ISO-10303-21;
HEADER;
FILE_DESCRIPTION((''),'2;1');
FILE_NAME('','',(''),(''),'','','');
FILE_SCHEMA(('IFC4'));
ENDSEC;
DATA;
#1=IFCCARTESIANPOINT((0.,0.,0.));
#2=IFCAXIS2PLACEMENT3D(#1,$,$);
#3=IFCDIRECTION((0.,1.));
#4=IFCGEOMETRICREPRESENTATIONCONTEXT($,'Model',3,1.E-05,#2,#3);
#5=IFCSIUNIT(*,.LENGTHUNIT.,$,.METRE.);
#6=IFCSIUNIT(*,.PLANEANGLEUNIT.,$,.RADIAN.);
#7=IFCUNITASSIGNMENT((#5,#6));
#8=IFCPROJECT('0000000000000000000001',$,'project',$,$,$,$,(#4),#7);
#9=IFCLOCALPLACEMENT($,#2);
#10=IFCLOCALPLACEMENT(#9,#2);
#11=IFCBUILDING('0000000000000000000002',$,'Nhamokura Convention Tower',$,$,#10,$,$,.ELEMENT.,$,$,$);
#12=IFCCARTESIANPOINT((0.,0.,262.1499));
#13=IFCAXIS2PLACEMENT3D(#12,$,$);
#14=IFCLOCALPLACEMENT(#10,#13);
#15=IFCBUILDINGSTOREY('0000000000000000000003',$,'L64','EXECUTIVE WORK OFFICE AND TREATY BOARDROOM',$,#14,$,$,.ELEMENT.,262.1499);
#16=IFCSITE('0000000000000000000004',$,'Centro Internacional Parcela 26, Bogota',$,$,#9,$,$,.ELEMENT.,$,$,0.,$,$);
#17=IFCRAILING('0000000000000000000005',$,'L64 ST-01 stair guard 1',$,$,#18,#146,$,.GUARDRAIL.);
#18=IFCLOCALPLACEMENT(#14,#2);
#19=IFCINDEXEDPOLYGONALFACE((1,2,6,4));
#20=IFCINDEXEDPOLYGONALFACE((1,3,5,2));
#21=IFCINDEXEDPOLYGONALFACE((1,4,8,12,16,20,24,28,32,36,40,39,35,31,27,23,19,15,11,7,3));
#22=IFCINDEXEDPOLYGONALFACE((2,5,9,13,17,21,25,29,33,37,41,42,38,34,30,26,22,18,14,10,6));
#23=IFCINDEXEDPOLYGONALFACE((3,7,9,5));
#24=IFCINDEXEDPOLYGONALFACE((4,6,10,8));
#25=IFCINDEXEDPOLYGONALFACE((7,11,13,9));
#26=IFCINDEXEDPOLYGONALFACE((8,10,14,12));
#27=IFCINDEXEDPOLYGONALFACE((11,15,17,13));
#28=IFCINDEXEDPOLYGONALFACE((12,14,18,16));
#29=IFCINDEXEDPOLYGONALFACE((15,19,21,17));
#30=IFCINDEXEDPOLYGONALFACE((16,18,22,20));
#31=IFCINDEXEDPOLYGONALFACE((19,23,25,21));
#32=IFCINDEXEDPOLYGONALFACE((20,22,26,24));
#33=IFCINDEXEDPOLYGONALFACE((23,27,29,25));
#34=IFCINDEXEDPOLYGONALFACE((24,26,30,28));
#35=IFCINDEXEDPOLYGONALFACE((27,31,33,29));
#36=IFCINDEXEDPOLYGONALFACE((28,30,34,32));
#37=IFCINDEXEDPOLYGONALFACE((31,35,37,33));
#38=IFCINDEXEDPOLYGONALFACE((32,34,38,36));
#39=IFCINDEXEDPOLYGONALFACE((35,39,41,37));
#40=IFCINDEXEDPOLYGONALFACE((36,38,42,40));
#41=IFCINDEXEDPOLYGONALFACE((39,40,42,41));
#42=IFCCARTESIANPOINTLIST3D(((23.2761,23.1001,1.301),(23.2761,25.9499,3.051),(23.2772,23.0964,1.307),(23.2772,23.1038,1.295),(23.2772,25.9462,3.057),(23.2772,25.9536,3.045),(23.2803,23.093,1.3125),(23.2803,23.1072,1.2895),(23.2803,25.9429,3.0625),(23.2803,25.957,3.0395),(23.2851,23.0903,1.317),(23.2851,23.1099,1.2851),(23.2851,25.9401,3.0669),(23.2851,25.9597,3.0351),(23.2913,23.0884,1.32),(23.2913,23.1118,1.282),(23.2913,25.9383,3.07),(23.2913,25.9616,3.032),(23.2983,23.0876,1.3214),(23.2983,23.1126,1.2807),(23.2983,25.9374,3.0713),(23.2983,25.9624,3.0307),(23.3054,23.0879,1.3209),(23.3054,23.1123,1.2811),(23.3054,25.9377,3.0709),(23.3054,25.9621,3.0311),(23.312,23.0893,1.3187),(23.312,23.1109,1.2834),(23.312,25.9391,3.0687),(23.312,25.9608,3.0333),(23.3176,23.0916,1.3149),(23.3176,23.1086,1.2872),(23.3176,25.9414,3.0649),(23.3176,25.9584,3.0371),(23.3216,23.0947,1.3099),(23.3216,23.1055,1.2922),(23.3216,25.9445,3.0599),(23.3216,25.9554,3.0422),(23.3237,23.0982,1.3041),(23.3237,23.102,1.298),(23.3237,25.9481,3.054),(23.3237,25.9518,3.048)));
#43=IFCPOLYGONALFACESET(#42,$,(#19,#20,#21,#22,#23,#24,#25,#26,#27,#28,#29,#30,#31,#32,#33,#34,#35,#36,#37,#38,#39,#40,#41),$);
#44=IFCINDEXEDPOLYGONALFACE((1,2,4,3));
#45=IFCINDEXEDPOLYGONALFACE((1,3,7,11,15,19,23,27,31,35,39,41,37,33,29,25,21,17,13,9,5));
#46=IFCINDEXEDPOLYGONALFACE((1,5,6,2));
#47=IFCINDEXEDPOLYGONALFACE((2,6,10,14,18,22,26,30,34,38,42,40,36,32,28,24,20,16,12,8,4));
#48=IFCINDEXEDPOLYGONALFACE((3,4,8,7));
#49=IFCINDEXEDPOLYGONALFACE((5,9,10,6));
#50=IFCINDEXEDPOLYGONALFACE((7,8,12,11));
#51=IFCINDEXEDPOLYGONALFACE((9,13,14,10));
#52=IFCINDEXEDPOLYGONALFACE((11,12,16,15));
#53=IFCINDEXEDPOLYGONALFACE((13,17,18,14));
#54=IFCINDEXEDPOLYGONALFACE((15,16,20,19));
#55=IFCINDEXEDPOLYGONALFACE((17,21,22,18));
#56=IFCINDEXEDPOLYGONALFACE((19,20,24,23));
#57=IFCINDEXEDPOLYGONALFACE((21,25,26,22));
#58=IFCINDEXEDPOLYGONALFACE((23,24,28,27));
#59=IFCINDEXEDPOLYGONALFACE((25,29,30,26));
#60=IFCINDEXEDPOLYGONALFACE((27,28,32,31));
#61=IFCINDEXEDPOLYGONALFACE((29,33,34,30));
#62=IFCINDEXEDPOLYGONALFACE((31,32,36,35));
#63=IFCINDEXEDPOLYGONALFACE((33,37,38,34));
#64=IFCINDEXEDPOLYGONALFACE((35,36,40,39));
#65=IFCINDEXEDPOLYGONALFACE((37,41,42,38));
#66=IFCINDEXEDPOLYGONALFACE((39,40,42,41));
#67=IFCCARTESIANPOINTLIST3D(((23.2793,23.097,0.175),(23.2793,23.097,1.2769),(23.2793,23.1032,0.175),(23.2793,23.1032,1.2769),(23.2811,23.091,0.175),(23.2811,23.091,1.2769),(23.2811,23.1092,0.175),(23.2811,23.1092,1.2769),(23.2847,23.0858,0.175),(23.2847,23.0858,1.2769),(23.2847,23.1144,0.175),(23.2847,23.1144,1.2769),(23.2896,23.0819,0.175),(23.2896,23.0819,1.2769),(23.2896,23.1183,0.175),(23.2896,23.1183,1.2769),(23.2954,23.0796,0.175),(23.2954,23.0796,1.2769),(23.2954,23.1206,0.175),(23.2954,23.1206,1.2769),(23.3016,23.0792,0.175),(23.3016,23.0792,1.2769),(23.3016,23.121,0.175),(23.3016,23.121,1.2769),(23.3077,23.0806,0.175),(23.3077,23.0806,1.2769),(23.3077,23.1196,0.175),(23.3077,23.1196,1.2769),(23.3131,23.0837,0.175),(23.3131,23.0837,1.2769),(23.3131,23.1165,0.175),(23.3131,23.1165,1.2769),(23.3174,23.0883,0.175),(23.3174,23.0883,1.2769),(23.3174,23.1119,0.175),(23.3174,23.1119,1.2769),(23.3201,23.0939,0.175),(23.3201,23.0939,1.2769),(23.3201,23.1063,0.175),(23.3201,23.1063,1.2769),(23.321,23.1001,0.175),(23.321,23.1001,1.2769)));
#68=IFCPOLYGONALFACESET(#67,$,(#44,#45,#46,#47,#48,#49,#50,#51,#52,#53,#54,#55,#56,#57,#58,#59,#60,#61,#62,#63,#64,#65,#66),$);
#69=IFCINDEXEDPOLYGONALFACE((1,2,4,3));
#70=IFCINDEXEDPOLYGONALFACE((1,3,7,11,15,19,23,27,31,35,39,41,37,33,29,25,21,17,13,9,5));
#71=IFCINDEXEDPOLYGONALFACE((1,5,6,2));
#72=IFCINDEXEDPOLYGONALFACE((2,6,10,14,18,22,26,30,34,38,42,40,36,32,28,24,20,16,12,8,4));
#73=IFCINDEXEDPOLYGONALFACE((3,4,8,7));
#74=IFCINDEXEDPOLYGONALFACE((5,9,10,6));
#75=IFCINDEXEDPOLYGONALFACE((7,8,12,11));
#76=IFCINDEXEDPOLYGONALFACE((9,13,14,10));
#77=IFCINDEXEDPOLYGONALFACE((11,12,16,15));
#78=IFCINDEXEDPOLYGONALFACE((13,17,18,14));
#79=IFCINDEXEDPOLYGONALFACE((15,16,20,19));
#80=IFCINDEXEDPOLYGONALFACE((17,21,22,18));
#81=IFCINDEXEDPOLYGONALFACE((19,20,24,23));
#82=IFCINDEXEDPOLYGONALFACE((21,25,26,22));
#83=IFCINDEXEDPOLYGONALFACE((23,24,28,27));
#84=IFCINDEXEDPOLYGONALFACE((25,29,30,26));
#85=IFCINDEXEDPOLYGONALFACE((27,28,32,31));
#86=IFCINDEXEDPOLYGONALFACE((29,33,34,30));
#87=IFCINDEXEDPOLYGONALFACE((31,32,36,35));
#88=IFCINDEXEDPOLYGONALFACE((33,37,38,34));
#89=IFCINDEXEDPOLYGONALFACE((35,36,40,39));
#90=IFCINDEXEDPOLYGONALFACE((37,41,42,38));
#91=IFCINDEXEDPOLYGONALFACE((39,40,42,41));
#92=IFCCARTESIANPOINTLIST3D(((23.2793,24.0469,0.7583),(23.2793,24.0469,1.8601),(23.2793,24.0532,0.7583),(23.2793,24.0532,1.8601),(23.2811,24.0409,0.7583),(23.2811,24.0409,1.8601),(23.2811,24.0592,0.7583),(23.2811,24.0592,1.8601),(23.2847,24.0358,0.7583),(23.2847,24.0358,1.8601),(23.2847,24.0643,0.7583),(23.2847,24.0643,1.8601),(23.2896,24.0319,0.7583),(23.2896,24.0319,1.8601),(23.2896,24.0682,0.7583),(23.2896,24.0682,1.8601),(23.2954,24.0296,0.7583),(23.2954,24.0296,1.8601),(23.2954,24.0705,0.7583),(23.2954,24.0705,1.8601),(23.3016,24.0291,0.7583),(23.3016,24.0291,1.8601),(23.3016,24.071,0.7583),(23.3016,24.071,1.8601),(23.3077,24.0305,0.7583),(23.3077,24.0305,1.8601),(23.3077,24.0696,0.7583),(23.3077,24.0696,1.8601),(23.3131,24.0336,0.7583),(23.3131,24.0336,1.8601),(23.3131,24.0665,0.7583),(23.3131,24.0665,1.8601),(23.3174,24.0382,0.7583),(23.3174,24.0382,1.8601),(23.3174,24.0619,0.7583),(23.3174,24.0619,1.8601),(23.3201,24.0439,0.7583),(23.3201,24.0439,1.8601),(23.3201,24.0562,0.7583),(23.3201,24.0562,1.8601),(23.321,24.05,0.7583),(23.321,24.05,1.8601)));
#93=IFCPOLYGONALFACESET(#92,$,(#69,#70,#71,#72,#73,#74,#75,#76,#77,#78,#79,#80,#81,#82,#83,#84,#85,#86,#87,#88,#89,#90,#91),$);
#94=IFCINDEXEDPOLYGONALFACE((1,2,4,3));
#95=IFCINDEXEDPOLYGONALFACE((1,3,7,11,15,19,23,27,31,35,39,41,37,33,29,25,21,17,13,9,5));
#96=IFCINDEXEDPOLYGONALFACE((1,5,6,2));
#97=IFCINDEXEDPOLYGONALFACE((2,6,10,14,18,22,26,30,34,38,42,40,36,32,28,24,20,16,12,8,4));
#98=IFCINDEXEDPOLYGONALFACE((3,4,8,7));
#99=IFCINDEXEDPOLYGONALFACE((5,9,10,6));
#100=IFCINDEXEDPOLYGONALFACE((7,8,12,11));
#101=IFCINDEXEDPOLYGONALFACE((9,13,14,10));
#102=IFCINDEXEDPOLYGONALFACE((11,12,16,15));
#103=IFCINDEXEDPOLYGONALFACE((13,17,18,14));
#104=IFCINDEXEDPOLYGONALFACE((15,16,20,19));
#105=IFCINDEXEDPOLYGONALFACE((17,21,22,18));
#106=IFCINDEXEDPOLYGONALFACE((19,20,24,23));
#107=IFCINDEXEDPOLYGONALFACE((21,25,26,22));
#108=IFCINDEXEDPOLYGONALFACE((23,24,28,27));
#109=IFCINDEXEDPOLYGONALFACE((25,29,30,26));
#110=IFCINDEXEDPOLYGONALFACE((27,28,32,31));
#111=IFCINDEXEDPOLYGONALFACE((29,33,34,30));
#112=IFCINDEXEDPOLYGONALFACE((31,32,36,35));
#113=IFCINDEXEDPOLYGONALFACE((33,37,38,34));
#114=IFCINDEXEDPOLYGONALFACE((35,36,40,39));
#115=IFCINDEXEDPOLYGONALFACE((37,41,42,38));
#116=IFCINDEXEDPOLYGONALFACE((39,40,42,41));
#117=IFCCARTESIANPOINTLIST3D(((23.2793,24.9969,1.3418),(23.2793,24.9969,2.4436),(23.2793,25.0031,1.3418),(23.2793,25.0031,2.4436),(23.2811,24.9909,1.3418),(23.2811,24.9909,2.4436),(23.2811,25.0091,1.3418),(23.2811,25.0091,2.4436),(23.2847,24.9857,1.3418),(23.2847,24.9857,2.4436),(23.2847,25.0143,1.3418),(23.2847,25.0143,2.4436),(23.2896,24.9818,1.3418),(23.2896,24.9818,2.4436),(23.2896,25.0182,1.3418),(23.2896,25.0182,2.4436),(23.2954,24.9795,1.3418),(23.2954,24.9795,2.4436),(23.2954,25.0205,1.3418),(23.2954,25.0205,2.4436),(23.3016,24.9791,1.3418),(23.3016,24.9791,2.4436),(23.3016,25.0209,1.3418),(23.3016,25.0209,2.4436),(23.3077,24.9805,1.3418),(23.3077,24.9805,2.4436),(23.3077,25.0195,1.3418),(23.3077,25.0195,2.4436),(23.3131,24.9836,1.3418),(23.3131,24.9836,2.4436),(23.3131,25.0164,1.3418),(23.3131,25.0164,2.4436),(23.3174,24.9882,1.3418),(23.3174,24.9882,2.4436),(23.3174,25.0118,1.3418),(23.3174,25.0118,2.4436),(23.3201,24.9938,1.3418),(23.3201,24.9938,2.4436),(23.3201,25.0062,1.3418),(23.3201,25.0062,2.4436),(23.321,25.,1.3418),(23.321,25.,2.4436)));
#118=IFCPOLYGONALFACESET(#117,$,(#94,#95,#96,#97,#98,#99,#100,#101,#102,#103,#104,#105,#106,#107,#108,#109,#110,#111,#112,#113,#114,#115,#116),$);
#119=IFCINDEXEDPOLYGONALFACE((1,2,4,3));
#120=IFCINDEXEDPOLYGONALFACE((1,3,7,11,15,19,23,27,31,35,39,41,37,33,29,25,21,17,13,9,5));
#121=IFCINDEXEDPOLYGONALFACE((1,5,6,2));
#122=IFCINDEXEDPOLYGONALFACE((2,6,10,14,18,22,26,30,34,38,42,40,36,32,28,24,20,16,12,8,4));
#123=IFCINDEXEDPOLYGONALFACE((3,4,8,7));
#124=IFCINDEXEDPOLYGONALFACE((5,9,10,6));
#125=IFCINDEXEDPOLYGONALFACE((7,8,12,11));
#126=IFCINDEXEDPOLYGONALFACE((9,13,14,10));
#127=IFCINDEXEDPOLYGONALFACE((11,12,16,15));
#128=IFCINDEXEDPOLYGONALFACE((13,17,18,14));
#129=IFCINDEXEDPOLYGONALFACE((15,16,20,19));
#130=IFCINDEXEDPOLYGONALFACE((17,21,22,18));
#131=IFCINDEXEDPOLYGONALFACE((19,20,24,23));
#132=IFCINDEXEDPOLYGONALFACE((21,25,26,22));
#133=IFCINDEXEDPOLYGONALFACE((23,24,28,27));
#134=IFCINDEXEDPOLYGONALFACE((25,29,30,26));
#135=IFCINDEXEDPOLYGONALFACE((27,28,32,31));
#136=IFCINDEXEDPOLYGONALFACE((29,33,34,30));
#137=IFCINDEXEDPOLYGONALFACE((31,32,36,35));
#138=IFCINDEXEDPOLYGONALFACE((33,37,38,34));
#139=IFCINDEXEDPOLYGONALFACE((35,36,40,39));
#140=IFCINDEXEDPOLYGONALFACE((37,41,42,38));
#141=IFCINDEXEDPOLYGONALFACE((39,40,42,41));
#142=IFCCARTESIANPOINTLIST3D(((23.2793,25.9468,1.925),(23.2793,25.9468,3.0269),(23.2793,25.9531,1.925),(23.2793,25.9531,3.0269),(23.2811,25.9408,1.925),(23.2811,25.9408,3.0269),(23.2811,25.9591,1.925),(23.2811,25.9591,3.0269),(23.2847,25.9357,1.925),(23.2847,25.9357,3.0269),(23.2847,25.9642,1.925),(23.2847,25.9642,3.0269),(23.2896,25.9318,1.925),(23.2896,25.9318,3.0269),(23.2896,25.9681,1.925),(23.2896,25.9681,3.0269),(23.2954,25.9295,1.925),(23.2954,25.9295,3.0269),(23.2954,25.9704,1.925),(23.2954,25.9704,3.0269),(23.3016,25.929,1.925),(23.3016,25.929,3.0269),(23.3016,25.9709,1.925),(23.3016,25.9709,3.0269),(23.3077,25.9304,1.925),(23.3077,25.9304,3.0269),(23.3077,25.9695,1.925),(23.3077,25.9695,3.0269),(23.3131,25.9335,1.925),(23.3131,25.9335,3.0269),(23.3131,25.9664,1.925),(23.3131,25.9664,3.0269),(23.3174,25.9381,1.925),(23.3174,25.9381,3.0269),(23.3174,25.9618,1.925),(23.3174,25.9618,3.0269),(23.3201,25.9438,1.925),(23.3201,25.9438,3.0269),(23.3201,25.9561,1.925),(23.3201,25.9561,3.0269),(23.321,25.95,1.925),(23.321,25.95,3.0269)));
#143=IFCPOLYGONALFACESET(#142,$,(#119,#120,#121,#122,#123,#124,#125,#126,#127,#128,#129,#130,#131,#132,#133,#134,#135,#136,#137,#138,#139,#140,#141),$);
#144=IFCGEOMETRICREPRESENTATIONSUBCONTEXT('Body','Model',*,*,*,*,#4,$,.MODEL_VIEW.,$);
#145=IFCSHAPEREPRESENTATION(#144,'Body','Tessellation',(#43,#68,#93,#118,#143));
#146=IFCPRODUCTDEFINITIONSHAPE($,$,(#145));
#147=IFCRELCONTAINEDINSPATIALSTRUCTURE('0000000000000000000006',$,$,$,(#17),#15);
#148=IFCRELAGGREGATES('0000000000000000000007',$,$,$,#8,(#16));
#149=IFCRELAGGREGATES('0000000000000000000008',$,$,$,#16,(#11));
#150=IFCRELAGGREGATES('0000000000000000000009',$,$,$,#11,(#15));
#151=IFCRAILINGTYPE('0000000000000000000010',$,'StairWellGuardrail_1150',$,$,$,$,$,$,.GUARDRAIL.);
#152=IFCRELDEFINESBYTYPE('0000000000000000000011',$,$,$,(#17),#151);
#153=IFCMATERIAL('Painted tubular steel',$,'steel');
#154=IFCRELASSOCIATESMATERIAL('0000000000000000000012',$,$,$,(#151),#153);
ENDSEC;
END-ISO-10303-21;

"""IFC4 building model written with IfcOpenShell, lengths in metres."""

from ifc_helpers import new_model, si_unit, direction, frame, origin, origin_2d, place, context, subcontext, project, spatial, circle, extrude, material, type_object, element, save


model = new_model("IFC4")

# Units and contexts
model_context = context("Model", 3, precision=1e-05, world=origin(), true_north=direction((0.0, 1.0)))
body_context = subcontext(model_context, "Body", "Model", "MODEL_VIEW")
ifc_project = project(units=[si_unit("LENGTHUNIT", "METRE"), si_unit("PLANEANGLEUNIT", "RADIAN")], contexts=[model_context])

# Site, building, storey
site_placement = place(None, origin())
site = spatial("IfcSite", under=ifc_project, at=site_placement, Name="Centro Internacional Parcela 26, Bogota", CompositionType="ELEMENT", RefElevation=0.0)
building_placement = place(site_placement, origin())
building = spatial("IfcBuilding", under=site, at=building_placement, Name="Nhamokura Convention Tower", CompositionType="ELEMENT")
storey_placement = place(building_placement, frame((0.0, 0.0, 262.1499)))
storey = spatial("IfcBuildingStorey", under=building, at=storey_placement, Name="L64", Description="EXECUTIVE WORK OFFICE AND TREATY BOARDROOM", CompositionType="ELEMENT", Elevation=262.1499)

# Railing
ifc_material_1 = material(Name="Painted tubular steel", Category="steel")
railing_type_1 = type_object("IfcRailingType", Name="StairWellGuardrail_1150", PredefinedType="GUARDRAIL", material=ifc_material_1)
railing_1_placement = place(storey_placement, frame((23.3, 23.1001, 0.175)))
element("IfcRailing", 1, at=railing_1_placement, inside=storey, type_object=railing_type_1, Name="L64 ST-01 stair guard 1", PredefinedType="GUARDRAIL", context=body_context, shape_type="SweptSolid", body=[
    extrude(circle(Radius=0.0239, at=origin_2d()), frame((0.0, 0.0, 1.126), z_axis=(0.0, 0.852159, 0.523283), x_axis=(-1.0, 0.0, 0.0)), (0.0, 0.0, 1.0), 3.3442),
    extrude(circle(Radius=0.021, at=origin_2d()), origin(), (0.0, 0.0, 1.0), 1.1018),
    extrude(circle(Radius=0.021, at=origin_2d()), frame((0.0, 0.95, 0.5833)), (0.0, 0.0, 1.0), 1.1018),
    extrude(circle(Radius=0.021, at=origin_2d()), frame((0.0, 1.8999, 1.1667)), (0.0, 0.0, 1.0), 1.1018),
    extrude(circle(Radius=0.021, at=origin_2d()), frame((0.0, 2.8499, 1.75)), (0.0, 0.0, 1.0), 1.1018),
])

save(model, "model.ifc")
